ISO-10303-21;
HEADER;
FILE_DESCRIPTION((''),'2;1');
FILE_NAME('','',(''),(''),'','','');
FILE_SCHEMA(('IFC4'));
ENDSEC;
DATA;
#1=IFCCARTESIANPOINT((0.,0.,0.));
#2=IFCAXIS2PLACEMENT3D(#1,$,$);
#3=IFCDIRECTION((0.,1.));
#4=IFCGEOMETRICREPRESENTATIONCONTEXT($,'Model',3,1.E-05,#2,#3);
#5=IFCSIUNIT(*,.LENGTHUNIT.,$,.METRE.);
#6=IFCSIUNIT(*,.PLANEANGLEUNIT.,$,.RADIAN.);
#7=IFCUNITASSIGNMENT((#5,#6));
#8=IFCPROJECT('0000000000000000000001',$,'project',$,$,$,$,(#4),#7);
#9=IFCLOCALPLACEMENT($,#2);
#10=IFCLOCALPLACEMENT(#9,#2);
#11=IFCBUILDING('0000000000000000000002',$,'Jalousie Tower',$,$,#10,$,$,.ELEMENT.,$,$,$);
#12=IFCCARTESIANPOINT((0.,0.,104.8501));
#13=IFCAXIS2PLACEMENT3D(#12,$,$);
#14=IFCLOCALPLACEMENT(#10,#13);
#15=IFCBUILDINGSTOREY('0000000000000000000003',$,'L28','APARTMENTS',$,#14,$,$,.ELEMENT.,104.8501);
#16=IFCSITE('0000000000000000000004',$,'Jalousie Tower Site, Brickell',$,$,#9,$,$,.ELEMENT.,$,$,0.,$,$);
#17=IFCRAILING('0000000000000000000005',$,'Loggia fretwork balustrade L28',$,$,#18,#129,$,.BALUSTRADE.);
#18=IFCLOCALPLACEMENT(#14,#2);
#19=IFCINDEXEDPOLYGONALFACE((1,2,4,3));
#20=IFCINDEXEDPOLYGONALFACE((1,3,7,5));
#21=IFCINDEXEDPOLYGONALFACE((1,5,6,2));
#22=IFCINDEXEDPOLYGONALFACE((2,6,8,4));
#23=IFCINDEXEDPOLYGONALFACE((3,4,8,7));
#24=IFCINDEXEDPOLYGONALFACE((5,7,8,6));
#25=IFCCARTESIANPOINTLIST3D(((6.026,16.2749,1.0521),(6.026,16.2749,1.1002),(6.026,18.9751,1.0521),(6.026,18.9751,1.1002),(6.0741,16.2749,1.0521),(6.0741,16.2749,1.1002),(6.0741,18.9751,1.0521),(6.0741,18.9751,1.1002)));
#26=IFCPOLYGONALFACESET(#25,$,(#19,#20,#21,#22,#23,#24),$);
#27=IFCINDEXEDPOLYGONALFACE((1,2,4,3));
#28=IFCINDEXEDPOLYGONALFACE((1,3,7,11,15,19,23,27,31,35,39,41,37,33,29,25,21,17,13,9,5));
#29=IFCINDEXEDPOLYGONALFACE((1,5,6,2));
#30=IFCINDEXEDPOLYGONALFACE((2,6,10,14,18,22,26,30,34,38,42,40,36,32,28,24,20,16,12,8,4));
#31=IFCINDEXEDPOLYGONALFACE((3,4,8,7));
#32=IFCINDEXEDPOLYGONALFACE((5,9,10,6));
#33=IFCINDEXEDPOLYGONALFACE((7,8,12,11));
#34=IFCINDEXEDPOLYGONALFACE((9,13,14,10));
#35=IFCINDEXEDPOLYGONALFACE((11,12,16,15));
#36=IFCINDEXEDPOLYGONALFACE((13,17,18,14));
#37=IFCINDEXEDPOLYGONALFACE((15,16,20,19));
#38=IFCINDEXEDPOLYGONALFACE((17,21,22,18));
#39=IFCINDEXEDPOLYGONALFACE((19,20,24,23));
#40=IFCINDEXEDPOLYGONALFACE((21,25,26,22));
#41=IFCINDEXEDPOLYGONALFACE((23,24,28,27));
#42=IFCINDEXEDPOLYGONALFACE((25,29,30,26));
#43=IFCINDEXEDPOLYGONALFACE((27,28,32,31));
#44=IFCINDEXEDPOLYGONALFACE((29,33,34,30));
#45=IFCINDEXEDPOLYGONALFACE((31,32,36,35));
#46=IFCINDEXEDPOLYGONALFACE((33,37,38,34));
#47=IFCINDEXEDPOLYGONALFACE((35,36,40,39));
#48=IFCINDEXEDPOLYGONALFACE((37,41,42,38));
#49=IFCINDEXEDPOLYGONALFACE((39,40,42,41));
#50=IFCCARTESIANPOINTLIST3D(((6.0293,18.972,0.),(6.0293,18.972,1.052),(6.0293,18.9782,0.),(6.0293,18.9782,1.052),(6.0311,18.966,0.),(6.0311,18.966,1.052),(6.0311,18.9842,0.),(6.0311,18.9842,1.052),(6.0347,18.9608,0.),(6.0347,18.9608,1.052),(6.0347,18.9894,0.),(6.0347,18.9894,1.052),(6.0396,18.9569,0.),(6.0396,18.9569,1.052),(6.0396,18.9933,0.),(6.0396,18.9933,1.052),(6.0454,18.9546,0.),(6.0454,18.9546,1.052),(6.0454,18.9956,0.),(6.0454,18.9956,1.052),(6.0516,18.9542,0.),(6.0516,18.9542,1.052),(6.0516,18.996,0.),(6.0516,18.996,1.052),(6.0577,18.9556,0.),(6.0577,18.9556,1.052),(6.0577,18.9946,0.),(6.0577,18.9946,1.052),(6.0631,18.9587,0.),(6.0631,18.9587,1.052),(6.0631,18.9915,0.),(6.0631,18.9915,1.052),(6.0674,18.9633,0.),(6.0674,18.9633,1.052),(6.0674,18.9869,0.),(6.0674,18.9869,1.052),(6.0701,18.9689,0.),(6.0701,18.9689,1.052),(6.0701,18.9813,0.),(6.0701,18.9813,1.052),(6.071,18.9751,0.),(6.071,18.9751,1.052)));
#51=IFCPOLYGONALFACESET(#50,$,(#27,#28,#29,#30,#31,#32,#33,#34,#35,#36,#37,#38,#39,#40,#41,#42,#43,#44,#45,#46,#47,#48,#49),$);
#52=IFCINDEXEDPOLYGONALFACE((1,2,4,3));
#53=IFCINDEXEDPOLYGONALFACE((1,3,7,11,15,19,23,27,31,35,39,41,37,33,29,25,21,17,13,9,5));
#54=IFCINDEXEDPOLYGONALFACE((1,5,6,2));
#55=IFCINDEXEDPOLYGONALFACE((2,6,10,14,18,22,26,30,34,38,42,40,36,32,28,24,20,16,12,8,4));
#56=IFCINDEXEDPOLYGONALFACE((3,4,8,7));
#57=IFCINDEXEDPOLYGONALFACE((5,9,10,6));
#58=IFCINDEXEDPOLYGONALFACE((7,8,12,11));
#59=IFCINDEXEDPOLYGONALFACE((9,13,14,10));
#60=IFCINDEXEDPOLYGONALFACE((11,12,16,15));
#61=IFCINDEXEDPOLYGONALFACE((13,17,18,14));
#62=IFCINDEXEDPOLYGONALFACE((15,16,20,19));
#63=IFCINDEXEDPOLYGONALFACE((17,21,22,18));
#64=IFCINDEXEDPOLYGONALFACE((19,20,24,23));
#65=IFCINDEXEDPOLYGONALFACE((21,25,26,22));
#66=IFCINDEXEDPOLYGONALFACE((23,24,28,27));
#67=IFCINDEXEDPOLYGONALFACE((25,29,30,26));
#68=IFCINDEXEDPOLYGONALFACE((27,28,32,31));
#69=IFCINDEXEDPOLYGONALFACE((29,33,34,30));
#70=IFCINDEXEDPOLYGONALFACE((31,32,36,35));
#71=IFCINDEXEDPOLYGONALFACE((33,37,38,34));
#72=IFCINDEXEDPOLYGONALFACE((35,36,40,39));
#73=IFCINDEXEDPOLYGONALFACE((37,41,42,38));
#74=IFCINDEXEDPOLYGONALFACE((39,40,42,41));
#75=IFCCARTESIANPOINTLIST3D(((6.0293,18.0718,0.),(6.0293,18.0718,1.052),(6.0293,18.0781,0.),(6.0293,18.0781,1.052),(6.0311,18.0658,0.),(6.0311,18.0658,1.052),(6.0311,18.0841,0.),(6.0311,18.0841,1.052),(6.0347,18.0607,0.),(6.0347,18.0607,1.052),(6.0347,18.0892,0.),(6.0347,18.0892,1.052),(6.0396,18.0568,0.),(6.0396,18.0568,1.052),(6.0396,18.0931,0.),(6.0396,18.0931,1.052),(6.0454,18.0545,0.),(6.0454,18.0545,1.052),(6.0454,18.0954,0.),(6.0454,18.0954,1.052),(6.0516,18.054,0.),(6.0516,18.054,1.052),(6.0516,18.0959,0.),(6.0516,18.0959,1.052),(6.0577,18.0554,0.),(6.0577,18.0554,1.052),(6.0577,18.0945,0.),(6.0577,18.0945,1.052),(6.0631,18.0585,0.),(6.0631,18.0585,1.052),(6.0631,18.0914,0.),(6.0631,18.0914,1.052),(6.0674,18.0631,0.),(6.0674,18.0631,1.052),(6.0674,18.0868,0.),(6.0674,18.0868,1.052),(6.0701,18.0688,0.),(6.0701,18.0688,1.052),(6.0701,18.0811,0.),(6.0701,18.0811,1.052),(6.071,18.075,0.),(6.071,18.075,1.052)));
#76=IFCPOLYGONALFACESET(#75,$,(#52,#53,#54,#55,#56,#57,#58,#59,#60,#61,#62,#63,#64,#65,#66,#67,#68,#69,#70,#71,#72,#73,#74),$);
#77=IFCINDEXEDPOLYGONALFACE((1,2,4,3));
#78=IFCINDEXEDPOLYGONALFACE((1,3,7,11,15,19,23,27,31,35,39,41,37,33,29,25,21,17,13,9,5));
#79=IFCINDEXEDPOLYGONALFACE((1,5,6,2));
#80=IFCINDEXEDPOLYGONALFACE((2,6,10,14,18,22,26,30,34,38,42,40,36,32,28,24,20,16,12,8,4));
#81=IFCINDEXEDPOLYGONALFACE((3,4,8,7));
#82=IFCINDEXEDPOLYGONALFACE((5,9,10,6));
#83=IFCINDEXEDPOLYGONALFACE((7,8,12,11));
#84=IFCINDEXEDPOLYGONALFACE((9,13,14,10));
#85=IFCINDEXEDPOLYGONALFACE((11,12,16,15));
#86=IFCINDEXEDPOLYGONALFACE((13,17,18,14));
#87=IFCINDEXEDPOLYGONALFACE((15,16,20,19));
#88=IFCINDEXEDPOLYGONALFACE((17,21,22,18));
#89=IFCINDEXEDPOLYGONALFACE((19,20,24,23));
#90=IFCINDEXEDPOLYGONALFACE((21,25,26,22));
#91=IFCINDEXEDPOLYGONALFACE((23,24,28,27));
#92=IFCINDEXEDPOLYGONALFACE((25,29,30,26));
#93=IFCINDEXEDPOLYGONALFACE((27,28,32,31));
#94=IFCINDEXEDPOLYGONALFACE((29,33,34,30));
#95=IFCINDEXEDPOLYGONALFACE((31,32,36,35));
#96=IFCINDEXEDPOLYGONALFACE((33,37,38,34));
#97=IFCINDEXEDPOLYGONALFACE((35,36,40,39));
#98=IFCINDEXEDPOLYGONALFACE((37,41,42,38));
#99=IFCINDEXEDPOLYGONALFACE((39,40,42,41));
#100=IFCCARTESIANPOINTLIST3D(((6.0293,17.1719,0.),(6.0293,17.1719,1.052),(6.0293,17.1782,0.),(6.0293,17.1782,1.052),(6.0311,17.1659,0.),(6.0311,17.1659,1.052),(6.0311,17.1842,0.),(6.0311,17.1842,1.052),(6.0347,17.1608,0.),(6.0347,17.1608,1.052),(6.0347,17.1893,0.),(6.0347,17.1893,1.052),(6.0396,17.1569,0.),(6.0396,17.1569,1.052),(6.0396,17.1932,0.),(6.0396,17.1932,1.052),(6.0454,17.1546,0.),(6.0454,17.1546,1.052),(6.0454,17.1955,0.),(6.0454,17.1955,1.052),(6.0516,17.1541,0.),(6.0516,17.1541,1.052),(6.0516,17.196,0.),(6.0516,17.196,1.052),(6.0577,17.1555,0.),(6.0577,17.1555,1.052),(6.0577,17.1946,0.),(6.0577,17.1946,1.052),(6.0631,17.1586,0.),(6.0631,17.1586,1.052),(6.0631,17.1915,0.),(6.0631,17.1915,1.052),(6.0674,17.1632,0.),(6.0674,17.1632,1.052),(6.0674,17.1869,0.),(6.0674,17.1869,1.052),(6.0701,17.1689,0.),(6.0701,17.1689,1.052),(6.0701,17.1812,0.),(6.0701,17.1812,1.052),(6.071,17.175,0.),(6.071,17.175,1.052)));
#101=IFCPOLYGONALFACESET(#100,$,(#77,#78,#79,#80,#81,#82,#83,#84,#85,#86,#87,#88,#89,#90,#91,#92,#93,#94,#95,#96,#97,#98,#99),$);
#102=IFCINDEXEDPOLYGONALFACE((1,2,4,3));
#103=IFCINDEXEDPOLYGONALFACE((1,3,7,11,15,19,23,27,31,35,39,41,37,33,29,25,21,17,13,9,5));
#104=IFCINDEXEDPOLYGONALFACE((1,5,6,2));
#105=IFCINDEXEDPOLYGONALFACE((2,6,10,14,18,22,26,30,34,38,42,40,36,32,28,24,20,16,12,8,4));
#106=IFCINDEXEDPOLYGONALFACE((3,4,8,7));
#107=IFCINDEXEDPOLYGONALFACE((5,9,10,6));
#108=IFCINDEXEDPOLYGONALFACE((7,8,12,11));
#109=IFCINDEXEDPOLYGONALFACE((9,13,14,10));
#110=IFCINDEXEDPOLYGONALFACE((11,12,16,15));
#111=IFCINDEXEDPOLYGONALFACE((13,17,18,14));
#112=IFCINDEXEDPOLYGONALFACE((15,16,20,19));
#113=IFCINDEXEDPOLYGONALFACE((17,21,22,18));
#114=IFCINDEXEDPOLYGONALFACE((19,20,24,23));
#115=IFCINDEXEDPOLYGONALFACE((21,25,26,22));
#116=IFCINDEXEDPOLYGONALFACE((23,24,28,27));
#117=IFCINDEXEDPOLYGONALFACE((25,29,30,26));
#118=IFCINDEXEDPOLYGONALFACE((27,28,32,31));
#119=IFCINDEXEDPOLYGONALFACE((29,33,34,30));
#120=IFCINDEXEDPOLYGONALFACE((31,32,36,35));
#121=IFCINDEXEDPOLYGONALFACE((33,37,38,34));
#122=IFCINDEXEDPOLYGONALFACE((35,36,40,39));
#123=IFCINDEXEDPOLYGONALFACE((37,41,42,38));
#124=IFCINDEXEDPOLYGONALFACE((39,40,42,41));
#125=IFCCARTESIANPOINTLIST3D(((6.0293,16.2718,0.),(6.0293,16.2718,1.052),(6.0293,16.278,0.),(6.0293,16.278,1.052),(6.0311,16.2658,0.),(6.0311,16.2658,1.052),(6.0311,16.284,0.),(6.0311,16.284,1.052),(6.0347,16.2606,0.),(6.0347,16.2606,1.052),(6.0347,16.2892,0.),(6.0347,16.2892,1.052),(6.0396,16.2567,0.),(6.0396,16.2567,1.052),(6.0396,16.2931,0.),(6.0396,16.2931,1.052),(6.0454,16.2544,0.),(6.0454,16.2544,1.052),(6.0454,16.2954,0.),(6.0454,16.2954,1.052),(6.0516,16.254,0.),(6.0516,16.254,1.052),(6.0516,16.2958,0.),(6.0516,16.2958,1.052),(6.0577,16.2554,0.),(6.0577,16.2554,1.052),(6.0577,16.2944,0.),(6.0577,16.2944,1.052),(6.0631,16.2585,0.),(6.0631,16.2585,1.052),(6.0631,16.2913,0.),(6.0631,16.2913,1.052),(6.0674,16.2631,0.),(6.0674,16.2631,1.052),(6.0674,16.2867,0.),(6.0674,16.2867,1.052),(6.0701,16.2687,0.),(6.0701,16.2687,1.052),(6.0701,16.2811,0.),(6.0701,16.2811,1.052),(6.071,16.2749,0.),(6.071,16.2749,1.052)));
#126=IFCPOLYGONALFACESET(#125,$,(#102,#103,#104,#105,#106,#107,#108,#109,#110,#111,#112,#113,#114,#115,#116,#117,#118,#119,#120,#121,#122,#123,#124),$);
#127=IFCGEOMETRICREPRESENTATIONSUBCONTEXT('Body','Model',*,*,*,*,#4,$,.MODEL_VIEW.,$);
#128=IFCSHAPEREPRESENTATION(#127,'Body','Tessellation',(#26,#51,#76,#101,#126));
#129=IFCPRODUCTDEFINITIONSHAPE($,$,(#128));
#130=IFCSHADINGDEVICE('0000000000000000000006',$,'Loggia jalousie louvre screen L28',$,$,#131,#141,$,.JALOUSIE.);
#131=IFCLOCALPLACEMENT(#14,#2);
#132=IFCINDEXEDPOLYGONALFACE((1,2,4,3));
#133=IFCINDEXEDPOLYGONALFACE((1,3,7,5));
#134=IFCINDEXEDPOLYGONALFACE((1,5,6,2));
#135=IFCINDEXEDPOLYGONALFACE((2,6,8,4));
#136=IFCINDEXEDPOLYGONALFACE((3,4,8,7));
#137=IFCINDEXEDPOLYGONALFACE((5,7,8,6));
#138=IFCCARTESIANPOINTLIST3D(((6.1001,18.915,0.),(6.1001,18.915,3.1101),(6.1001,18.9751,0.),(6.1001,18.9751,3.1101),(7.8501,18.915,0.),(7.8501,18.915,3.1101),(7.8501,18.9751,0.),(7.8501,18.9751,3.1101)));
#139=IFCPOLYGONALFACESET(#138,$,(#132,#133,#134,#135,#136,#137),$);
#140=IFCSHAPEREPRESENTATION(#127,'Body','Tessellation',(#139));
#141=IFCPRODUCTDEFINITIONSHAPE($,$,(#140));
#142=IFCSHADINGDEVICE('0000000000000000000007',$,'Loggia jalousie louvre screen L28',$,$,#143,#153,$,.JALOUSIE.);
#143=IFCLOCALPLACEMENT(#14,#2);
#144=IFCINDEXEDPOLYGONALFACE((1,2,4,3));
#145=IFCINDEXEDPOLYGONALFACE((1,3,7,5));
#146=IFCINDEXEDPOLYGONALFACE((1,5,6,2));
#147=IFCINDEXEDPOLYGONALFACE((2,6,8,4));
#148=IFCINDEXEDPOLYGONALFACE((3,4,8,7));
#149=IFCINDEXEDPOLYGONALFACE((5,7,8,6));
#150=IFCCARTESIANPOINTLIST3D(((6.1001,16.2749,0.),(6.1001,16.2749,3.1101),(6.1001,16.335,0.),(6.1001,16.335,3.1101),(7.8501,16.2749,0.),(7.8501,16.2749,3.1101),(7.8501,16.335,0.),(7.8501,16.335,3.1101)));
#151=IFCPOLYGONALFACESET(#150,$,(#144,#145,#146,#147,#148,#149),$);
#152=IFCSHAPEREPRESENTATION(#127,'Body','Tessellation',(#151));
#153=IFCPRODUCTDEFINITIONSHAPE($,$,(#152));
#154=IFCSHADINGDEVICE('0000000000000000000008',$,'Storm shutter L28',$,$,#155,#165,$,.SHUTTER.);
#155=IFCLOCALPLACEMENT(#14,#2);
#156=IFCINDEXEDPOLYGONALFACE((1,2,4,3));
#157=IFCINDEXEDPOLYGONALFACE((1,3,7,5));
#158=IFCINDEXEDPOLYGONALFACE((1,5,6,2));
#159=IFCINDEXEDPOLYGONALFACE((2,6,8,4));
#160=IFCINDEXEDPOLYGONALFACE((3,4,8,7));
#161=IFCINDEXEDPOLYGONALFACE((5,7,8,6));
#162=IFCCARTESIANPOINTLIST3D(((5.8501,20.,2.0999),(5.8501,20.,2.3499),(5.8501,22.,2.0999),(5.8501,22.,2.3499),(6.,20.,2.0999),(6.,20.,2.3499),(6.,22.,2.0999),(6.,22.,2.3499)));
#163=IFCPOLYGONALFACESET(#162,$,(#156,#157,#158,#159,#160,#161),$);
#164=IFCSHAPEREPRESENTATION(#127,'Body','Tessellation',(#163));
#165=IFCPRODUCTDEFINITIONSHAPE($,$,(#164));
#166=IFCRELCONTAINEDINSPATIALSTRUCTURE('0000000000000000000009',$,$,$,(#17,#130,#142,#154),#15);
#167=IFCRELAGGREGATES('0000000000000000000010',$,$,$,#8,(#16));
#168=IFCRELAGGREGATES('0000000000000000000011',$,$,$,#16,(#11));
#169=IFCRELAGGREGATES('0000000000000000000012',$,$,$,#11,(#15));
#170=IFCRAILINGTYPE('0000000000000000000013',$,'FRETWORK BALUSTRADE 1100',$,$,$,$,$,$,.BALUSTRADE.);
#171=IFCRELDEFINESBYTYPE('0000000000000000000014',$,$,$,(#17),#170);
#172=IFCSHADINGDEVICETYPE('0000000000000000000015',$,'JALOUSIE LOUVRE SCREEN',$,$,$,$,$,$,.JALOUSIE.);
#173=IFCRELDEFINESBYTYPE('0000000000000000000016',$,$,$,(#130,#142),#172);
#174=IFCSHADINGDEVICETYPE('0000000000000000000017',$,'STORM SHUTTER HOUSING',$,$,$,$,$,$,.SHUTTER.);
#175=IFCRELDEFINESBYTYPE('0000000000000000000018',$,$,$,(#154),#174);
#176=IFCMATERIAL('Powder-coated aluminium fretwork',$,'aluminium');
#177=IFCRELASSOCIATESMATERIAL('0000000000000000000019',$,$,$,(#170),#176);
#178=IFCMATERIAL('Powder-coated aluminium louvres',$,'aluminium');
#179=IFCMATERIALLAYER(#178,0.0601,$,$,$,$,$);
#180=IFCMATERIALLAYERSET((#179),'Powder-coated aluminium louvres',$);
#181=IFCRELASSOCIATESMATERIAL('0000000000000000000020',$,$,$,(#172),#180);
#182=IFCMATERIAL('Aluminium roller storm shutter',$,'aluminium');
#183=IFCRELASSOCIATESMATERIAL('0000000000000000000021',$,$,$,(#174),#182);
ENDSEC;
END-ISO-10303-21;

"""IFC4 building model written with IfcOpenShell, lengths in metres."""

from ifc_helpers import new_model, si_unit, direction, frame, origin, origin_2d, place, context, subcontext, project, spatial, rectangle, circle, extrude, material, layer, layer_set, type_object, element, save


model = new_model("IFC4")

# Units and contexts
model_context = context("Model", 3, precision=1e-05, world=origin(), true_north=direction((0.0, 1.0)))
body_context = subcontext(model_context, "Body", "Model", "MODEL_VIEW")
ifc_project = project(units=[si_unit("LENGTHUNIT", "METRE"), si_unit("PLANEANGLEUNIT", "RADIAN")], contexts=[model_context])

# Site, building, storey
site_placement = place(None, origin())
site = spatial("IfcSite", under=ifc_project, at=site_placement, Name="Jalousie Tower Site, Brickell", CompositionType="ELEMENT", RefElevation=0.0)
building_placement = place(site_placement, origin())
building = spatial("IfcBuilding", under=site, at=building_placement, Name="Jalousie Tower", CompositionType="ELEMENT")
storey_placement = place(building_placement, frame((0.0, 0.0, 104.8501)))
storey = spatial("IfcBuildingStorey", under=building, at=storey_placement, Name="L28", Description="APARTMENTS", CompositionType="ELEMENT", Elevation=104.8501)

# Railing
ifc_material_1 = material(Name="Powder-coated aluminium fretwork", Category="aluminium")
railing_type = type_object("IfcRailingType", Name="FRETWORK BALUSTRADE 1100", PredefinedType="BALUSTRADE", material=ifc_material_1)
railing_placement = place(storey_placement, frame((6.05, 18.9751, 0.0)))
element("IfcRailing", 1, at=railing_placement, inside=storey, type_object=railing_type, Name="Loggia fretwork balustrade L28", PredefinedType="BALUSTRADE", context=body_context, shape_type="SweptSolid", body=[
    extrude(rectangle(XDim=0.0481, YDim=0.0481, at=origin_2d()), frame((0.0, 0.0, 1.0762), z_axis=(0.0, -1.0, 0.0), x_axis=(1.0, 0.0, 0.0)), (0.0, 0.0, 1.0), 2.7002),
    extrude(circle(Radius=0.021, at=origin_2d()), origin(), (0.0, 0.0, 1.0), 1.052),
    extrude(circle(Radius=0.021, at=origin_2d()), frame((0.0, -0.9001, 0.0)), (0.0, 0.0, 1.0), 1.052),
    extrude(circle(Radius=0.021, at=origin_2d()), frame((0.0, -1.8, 0.0)), (0.0, 0.0, 1.0), 1.052),
    extrude(circle(Radius=0.021, at=origin_2d()), frame((0.0, -2.7002, 0.0)), (0.0, 0.0, 1.0), 1.052),
])

# Shading devices
ifc_material_2 = material(Name="Powder-coated aluminium louvres", Category="aluminium")
ifc_layer_1 = layer(ifc_material_2, 0.0601)
ifc_layer_set_1 = layer_set([ifc_layer_1], Name="Powder-coated aluminium louvres")
shading_device_type_1 = type_object("IfcShadingDeviceType", Name="JALOUSIE LOUVRE SCREEN", PredefinedType="JALOUSIE", material=ifc_layer_set_1)
for number, where, z_axis, x_axis, name in (
    (2, (6.9751, 18.9451, 0.0), (0.0, 0.0, 1.0), (0.0, -1.0, 0.0), "Loggia jalousie louvre screen L28"),
    (3, (6.9751, 16.3049, 0.0), (0.0, 0.0, 1.0), (0.0, -1.0, 0.0), "Loggia jalousie louvre screen L28"),
):
    element("IfcShadingDevice", number, at=place(storey_placement, frame(where, z_axis=z_axis, x_axis=x_axis)), inside=storey, type_object=shading_device_type_1, Name=name, PredefinedType="JALOUSIE", context=body_context, shape_type="SweptSolid", body=[
        extrude(rectangle(XDim=0.0601, YDim=1.75, at=origin_2d()), origin(), (0.0, 0.0, 1.0), 3.1101),
    ])
ifc_material_3 = material(Name="Aluminium roller storm shutter", Category="aluminium")
shading_device_type_2 = type_object("IfcShadingDeviceType", Name="STORM SHUTTER HOUSING", PredefinedType="SHUTTER", material=ifc_material_3)
shading_device_placement = place(storey_placement, frame((5.925, 21.0, 2.0999), z_axis=(0.0, 0.0, 1.0), x_axis=(0.0, -1.0, 0.0)))
element("IfcShadingDevice", 4, at=shading_device_placement, inside=storey, type_object=shading_device_type_2, Name="Storm shutter L28", PredefinedType="SHUTTER", context=body_context, shape_type="SweptSolid", body=[
    extrude(rectangle(XDim=2.0, YDim=0.1499, at=origin_2d()), origin(), (0.0, 0.0, 1.0), 0.25),
])

save(model, "model.ifc")
